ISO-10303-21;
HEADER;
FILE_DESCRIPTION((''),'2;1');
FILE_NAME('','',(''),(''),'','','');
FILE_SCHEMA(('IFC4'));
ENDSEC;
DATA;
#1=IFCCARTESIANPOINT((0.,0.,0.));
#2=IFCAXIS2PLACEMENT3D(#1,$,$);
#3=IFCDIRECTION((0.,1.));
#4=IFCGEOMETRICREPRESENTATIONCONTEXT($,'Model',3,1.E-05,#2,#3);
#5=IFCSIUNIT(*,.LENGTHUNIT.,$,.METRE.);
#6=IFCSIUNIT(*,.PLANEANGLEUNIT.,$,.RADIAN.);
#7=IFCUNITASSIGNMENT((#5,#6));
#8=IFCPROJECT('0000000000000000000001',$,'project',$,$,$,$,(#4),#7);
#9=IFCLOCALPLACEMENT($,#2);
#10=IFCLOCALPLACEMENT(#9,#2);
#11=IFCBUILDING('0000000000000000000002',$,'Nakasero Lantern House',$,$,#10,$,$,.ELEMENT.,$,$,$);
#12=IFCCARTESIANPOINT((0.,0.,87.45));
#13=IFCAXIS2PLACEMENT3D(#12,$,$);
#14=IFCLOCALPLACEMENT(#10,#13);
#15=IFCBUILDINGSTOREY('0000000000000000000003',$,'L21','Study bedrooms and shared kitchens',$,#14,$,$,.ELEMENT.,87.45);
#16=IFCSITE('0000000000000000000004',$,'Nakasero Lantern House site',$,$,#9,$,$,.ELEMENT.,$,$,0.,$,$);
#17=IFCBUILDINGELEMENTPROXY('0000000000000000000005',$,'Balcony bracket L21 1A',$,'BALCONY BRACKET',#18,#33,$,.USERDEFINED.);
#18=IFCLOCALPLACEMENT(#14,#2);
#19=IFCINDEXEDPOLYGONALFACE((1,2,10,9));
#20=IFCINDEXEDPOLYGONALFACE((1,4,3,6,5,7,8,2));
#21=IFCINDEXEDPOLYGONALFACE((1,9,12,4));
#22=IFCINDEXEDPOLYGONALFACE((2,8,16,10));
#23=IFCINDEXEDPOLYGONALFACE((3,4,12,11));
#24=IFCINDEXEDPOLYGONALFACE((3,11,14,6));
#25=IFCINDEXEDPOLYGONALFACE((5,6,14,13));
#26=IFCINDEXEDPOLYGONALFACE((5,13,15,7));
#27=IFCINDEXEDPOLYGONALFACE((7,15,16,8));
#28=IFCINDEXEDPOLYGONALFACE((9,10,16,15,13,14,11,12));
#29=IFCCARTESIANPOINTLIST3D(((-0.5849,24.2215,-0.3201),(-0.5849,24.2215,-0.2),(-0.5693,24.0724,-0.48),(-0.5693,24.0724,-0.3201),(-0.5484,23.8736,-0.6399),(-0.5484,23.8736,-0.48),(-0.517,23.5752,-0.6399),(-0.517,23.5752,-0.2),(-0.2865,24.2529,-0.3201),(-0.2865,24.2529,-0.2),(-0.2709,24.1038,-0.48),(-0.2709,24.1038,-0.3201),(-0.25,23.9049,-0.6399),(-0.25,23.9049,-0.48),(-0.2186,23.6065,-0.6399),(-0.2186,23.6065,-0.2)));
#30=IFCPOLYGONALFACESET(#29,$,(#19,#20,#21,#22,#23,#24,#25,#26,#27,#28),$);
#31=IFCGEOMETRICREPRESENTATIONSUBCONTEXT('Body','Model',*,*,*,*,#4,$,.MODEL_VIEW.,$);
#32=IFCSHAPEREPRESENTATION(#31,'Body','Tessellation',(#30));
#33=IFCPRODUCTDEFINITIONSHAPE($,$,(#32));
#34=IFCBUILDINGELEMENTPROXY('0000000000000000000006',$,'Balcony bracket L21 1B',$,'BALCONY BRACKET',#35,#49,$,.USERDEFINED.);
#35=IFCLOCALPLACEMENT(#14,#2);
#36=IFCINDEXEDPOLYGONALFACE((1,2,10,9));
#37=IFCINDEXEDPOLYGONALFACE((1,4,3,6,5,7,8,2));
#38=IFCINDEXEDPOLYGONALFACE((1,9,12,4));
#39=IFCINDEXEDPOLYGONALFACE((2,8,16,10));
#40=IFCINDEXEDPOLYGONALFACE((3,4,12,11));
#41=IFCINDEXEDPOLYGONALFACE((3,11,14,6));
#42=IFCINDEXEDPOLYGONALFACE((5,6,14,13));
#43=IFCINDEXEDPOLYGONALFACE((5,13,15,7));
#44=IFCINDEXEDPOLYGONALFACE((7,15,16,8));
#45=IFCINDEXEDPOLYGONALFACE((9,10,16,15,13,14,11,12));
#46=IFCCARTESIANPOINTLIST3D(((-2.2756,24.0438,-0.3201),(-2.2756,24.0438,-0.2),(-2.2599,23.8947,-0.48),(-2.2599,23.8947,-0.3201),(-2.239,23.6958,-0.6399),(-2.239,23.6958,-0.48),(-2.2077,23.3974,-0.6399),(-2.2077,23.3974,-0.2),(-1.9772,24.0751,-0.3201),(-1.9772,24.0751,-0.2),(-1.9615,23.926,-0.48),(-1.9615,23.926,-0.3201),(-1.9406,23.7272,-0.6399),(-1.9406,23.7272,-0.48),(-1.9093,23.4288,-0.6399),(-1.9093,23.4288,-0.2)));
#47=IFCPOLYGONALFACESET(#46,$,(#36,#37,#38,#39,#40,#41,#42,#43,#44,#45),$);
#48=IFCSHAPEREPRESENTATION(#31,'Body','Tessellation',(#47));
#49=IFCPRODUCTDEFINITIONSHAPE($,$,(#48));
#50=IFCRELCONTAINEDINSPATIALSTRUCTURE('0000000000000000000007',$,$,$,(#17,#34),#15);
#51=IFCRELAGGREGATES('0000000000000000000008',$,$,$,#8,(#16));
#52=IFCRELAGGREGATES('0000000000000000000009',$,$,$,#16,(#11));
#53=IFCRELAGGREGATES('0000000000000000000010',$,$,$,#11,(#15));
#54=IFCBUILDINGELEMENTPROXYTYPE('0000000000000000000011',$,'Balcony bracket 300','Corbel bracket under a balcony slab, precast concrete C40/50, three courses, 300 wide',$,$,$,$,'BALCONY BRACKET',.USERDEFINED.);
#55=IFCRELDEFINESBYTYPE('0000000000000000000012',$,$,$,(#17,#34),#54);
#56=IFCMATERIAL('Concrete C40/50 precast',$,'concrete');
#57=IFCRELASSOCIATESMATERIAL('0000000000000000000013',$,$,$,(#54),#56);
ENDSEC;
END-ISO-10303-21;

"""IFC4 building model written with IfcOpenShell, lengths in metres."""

from ifc_helpers import new_model, si_unit, direction, frame, origin, place, context, subcontext, project, spatial, polyline, outline, extrude, material, type_object, element, save


model = new_model("IFC4")

# Units and contexts
model_context = context("Model", 3, precision=1e-05, world=origin(), true_north=direction((0.0, 1.0)))
body_context = subcontext(model_context, "Body", "Model", "MODEL_VIEW")
ifc_project = project(units=[si_unit("LENGTHUNIT", "METRE"), si_unit("PLANEANGLEUNIT", "RADIAN")], contexts=[model_context])

# Site, building, storey
site_placement = place(None, origin())
site = spatial("IfcSite", under=ifc_project, at=site_placement, Name="Nakasero Lantern House site", CompositionType="ELEMENT", RefElevation=0.0)
building_placement = place(site_placement, origin())
building = spatial("IfcBuilding", under=site, at=building_placement, Name="Nakasero Lantern House", CompositionType="ELEMENT")
storey_placement = place(building_placement, frame((0.0, 0.0, 87.45)))
storey = spatial("IfcBuildingStorey", under=building, at=storey_placement, Name="L21", Description="Study bedrooms and shared kitchens", CompositionType="ELEMENT", Elevation=87.45)

# Building element proxies
ifc_material_1 = material(Name="Concrete C40/50 precast", Category="concrete")
building_element_proxy_type = type_object("IfcBuildingElementProxyType", Name="Balcony bracket 300", Description="Corbel bracket under a balcony slab, precast concrete C40/50, three courses, 300 wide", ElementType="BALCONY BRACKET", PredefinedType="USERDEFINED", material=ifc_material_1)
for number, where, z_axis, x_axis, name in (
    (1, (-0.3679, 23.5908, -0.2), (0.0, 0.0, 1.0), (-0.104528, 0.994522, 0.0), "Balcony bracket L21 1A"),
    (2, (-2.0586, 23.4131, -0.2), (0.0, 0.0, 1.0), (-0.104528, 0.994522, 0.0), "Balcony bracket L21 1B"),
):
    element("IfcBuildingElementProxy", number, at=place(storey_placement, frame(where, z_axis=z_axis, x_axis=x_axis)), inside=storey, type_object=building_element_proxy_type, Name=name, ObjectType="BALCONY BRACKET", PredefinedType="USERDEFINED", context=body_context, shape_type="SweptSolid", body=[
        extrude(outline(polyline([(0.0, 0.0), (0.6499, 0.0), (0.6499, -0.1201), (0.5, -0.1201), (0.5, -0.28), (0.3, -0.28), (0.3, -0.4399), (0.0, -0.4399), (0.0, 0.0)])), frame((0.0, 0.1499, 0.0), z_axis=(0.0, -1.0, 0.0), x_axis=(1.0, 0.0, 0.0)), (0.0, 0.0, 1.0), 0.3),
    ])

save(model, "model.ifc")
